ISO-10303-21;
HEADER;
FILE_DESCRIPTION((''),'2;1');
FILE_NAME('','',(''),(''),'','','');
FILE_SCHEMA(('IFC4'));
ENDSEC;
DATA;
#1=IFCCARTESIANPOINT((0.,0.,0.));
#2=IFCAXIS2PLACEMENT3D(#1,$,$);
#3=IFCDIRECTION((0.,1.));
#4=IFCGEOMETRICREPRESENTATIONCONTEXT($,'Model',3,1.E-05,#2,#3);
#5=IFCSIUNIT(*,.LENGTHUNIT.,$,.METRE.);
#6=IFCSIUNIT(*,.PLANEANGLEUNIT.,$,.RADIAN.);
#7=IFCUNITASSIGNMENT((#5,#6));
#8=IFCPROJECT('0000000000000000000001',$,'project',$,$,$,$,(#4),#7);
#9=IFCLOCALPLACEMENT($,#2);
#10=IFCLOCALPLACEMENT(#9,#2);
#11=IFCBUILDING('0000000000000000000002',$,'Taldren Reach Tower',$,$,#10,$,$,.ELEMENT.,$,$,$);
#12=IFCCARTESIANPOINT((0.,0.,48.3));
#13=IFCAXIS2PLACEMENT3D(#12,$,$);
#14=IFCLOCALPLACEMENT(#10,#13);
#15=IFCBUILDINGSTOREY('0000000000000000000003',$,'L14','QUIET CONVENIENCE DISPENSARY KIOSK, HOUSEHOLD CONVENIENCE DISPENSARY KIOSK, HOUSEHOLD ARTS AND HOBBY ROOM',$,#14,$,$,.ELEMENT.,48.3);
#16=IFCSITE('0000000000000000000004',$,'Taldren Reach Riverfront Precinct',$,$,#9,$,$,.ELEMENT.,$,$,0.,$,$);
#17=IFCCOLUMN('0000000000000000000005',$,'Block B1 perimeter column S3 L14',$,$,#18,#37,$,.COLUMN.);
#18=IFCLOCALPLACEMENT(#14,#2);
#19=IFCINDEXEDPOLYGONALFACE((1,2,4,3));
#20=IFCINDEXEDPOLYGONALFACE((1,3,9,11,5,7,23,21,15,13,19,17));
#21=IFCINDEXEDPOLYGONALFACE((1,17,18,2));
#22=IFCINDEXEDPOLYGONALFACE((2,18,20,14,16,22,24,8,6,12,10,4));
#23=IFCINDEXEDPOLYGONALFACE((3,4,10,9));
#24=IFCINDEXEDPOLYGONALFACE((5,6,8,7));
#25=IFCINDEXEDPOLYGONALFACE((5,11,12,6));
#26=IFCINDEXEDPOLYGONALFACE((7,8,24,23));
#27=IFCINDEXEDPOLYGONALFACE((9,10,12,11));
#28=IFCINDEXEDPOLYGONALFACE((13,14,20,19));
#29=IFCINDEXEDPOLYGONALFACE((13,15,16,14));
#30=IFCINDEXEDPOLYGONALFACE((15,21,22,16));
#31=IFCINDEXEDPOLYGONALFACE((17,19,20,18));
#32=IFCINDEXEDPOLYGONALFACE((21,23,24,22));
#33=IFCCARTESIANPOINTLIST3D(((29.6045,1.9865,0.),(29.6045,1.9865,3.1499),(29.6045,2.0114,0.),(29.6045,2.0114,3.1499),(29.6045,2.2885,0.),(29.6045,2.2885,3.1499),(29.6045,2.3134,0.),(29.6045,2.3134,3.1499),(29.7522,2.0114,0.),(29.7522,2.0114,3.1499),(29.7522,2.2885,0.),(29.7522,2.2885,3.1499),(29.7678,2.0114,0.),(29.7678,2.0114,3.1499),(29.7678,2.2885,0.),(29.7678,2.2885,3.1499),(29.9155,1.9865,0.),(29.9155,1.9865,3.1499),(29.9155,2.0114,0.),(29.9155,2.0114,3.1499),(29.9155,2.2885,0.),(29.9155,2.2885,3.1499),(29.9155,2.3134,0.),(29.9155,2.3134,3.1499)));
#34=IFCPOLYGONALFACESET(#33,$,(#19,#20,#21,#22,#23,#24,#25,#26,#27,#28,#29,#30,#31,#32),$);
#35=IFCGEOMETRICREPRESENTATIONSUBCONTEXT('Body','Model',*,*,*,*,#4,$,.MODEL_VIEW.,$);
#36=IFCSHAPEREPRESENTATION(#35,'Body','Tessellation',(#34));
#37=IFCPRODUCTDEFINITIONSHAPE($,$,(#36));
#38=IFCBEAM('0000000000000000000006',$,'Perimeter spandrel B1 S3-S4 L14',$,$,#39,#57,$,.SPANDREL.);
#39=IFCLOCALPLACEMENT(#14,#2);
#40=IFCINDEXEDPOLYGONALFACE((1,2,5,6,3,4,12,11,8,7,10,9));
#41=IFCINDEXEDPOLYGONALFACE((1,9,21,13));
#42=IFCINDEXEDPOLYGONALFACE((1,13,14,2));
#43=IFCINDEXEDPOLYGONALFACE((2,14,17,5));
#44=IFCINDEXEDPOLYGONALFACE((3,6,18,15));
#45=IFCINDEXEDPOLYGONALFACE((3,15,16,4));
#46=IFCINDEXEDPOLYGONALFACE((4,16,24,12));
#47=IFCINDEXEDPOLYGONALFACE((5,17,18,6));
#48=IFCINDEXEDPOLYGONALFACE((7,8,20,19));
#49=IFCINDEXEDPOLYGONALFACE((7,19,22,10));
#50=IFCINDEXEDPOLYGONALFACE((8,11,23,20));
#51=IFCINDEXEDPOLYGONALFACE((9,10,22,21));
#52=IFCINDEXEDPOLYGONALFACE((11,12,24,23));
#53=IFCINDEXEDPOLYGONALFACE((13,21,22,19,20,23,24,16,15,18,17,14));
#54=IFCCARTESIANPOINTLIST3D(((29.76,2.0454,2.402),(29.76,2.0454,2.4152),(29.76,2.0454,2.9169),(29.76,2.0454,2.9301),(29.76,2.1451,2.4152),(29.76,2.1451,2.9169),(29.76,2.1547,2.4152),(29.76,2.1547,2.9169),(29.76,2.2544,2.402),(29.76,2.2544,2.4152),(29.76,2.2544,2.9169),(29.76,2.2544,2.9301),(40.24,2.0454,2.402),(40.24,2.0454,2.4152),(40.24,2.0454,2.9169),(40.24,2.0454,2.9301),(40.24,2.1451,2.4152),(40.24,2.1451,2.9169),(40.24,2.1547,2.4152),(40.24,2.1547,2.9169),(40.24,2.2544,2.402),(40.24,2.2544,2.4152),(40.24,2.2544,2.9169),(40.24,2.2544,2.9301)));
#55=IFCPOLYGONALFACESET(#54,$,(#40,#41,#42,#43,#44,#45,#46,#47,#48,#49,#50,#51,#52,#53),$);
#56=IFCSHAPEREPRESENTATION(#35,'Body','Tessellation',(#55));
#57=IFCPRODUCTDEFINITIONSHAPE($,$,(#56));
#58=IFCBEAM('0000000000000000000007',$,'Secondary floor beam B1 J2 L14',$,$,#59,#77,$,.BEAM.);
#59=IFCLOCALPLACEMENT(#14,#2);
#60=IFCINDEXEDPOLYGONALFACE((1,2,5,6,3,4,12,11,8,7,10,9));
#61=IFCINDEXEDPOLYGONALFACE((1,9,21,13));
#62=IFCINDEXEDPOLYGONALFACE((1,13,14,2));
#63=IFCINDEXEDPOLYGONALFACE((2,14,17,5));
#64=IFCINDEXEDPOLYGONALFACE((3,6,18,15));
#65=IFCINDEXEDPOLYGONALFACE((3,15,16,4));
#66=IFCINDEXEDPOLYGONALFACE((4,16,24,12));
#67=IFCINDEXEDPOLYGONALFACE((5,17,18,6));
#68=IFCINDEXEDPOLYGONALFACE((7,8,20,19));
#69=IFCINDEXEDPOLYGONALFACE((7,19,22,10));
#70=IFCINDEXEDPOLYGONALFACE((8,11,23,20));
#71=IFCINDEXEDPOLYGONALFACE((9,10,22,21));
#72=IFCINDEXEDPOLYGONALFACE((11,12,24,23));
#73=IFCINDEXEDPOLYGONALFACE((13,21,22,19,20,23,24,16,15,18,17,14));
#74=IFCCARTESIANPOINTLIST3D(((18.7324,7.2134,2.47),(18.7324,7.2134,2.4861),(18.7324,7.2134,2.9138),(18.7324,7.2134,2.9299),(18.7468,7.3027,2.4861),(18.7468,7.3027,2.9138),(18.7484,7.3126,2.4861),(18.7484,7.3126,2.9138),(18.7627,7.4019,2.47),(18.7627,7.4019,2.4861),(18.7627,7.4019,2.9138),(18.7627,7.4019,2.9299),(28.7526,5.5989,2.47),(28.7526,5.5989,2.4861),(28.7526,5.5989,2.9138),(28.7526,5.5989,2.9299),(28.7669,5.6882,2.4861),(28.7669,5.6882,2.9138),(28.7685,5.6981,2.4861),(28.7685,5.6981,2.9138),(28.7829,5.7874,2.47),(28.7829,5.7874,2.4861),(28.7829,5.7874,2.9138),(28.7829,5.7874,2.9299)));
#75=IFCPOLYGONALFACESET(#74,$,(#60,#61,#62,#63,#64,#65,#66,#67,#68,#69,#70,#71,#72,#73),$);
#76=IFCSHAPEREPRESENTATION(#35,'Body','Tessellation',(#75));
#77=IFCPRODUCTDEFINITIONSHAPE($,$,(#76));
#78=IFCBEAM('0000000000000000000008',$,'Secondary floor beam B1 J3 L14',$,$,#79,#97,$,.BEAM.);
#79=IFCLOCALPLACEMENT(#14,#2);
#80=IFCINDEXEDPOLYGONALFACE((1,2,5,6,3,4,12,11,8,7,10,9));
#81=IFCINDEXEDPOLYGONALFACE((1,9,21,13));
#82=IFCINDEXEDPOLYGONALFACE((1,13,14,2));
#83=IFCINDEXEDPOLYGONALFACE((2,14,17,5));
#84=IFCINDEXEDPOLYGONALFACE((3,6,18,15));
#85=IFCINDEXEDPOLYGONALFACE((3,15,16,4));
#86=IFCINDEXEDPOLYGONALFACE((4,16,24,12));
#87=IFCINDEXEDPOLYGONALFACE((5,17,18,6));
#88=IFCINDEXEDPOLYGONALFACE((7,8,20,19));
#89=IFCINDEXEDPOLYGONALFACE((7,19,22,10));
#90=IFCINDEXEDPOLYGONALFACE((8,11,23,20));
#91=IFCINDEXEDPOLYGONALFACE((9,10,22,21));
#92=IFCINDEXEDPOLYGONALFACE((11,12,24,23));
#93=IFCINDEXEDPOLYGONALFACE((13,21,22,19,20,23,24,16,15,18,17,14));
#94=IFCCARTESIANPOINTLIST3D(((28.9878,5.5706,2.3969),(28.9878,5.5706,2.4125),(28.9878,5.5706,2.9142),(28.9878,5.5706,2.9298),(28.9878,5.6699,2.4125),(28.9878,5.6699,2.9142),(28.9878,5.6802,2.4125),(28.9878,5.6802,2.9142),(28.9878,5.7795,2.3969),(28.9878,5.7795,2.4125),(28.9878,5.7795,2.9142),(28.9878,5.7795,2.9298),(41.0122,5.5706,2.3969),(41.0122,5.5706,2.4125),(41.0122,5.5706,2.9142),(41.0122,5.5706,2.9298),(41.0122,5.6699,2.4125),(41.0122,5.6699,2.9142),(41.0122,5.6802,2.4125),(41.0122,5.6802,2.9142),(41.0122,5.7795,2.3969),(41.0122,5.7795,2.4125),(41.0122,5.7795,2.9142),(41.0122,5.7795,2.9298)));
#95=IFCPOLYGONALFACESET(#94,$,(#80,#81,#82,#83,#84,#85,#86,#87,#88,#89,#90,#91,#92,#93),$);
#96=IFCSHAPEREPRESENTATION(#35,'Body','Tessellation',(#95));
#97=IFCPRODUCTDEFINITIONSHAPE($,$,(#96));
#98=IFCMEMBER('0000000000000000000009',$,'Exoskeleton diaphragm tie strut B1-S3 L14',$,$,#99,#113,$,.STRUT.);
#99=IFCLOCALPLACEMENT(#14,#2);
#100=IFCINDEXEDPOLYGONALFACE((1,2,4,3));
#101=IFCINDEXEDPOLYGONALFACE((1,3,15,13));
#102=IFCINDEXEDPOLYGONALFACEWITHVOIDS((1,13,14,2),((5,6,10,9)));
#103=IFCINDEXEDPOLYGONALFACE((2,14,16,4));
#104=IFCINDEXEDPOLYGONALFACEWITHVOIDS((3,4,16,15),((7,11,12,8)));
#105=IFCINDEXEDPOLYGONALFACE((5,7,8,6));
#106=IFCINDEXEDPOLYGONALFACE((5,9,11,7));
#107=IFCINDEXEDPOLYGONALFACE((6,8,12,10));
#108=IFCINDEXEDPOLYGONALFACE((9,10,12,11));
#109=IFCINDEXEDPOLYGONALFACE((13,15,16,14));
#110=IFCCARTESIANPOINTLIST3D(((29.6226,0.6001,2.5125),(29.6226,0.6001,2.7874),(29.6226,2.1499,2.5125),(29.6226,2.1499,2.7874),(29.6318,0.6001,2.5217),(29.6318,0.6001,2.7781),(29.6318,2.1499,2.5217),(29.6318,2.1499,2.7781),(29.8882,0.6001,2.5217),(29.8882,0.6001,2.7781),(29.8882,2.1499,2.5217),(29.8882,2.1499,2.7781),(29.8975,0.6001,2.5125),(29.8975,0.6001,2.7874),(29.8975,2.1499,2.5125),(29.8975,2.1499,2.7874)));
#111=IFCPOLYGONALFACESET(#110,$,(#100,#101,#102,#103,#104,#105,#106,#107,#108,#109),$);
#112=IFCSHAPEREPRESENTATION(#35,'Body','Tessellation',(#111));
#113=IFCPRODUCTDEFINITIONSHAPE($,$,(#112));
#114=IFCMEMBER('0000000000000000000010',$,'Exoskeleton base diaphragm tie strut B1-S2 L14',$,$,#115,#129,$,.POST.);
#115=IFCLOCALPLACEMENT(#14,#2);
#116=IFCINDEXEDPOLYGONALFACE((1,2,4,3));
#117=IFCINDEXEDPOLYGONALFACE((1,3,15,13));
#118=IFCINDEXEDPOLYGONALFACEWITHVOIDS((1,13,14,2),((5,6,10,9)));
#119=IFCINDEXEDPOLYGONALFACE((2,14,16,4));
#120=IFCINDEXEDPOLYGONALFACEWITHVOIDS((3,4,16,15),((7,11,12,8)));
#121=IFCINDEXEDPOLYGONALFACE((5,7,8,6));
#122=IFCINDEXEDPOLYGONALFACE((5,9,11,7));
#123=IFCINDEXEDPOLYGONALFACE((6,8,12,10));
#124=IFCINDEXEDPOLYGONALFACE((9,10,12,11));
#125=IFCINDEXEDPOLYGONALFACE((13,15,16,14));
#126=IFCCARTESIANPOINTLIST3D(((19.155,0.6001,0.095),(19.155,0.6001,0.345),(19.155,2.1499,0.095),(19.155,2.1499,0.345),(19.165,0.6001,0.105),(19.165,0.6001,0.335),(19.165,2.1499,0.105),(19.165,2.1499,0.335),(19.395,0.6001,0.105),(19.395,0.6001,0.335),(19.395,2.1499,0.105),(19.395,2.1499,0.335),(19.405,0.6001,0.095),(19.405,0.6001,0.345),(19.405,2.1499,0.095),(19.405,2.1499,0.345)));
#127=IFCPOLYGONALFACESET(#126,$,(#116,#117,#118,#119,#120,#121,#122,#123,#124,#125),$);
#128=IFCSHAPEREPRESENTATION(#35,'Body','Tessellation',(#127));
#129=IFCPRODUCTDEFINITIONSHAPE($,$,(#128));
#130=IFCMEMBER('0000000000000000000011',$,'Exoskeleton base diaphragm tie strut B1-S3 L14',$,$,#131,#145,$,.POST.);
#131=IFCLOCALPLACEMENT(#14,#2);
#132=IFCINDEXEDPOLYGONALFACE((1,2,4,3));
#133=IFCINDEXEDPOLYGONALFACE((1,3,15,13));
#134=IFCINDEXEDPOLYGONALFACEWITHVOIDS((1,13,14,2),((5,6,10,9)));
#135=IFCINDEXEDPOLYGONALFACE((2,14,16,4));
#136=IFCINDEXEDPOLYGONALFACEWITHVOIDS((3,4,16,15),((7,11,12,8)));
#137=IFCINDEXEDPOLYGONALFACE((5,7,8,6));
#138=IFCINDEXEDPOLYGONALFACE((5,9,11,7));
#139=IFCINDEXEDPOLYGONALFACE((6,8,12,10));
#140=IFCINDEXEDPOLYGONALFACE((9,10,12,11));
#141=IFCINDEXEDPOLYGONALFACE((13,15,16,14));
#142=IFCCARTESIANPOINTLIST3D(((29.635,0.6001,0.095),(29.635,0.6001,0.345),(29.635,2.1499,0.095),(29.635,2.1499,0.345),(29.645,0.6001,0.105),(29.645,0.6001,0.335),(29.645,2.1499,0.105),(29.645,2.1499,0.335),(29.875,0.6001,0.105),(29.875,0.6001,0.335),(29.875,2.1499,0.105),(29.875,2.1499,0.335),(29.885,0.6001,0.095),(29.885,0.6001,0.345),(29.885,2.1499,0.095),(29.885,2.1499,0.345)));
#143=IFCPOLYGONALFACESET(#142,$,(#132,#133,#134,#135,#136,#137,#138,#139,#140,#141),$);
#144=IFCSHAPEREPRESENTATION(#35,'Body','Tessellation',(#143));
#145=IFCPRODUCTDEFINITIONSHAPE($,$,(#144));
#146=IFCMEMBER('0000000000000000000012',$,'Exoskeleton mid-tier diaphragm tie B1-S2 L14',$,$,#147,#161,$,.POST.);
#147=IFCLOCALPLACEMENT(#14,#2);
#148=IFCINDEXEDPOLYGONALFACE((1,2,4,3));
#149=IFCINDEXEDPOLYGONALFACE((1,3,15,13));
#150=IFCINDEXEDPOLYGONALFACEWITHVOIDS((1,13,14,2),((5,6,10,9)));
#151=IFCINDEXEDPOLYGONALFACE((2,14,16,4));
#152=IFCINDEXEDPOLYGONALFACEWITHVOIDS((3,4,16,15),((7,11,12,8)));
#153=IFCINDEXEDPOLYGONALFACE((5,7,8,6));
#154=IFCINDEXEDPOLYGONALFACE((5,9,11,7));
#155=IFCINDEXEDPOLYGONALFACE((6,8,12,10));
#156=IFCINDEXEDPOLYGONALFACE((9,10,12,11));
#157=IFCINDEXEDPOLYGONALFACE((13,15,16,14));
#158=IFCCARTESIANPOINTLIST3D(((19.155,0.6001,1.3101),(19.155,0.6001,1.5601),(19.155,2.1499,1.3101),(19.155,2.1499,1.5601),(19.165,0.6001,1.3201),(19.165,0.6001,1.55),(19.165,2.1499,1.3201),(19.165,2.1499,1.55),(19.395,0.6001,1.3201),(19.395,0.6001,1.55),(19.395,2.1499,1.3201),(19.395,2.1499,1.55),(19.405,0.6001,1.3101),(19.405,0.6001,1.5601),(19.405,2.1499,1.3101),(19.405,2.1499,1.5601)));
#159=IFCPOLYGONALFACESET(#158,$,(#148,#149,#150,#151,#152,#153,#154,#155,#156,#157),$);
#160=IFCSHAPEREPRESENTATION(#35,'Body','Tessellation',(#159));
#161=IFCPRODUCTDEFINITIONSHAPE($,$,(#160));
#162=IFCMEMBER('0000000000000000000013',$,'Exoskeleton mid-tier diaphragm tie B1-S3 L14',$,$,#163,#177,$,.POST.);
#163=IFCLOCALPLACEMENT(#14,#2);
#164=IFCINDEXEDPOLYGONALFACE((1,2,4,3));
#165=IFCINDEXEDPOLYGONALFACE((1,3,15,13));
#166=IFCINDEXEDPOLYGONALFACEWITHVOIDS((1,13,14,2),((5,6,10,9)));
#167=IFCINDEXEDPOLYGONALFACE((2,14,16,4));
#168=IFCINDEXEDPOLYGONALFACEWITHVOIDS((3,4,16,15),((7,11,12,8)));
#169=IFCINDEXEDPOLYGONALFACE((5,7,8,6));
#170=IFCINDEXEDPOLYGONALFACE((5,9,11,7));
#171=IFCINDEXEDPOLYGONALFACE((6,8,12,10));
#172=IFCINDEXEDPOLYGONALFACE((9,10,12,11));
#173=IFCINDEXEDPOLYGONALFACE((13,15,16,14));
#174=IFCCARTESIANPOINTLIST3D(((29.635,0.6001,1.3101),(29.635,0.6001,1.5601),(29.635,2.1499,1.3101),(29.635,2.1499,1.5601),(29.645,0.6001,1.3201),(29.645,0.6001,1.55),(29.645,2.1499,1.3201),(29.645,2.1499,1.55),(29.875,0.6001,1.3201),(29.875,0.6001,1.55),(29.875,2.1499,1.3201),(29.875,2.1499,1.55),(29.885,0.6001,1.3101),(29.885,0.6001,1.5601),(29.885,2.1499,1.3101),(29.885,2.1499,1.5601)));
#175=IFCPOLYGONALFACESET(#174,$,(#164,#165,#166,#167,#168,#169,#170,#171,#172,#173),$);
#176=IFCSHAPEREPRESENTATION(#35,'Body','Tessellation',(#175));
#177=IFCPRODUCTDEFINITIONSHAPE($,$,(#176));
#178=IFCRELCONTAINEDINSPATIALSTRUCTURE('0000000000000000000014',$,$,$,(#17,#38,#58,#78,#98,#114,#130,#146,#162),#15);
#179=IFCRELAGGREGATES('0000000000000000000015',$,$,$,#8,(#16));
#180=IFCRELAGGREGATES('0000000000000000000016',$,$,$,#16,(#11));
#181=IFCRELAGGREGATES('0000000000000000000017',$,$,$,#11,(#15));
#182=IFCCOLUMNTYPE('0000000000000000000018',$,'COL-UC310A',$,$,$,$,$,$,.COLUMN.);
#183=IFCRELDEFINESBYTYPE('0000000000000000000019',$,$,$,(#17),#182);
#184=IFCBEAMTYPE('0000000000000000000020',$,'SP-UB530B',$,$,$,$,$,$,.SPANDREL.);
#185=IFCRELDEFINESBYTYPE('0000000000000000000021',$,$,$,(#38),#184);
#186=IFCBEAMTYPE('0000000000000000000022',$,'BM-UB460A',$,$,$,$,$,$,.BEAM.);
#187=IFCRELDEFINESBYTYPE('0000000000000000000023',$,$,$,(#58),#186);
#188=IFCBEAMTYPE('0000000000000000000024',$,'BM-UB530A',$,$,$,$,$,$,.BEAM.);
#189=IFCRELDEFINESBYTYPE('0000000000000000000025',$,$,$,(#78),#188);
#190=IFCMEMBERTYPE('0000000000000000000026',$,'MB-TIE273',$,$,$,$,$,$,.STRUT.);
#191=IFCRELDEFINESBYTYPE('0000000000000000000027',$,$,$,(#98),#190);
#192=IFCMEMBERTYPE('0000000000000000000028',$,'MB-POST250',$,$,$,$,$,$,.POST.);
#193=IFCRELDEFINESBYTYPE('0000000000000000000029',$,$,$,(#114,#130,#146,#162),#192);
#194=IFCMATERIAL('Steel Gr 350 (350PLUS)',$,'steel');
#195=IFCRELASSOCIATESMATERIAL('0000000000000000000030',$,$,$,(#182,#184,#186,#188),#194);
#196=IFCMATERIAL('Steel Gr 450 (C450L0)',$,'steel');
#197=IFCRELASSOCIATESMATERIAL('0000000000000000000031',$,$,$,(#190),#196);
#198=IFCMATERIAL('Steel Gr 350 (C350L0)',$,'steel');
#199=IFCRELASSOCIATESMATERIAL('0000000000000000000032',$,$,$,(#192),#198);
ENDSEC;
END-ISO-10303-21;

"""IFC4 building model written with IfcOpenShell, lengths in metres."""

from ifc_helpers import new_model, si_unit, direction, frame, origin, origin_2d, place, context, subcontext, project, spatial, hollow_rectangle, i_section, extrude, source, transform, mapped, material, material_profile, profile_set, type_object, element, save


model = new_model("IFC4")

# Units and contexts
model_context = context("Model", 3, precision=1e-05, world=origin(), true_north=direction((0.0, 1.0)))
body_context = subcontext(model_context, "Body", "Model", "MODEL_VIEW")
ifc_project = project(units=[si_unit("LENGTHUNIT", "METRE"), si_unit("PLANEANGLEUNIT", "RADIAN")], contexts=[model_context])

# Site, building, storey
site_placement = place(None, origin())
site = spatial("IfcSite", under=ifc_project, at=site_placement, Name="Taldren Reach Riverfront Precinct", CompositionType="ELEMENT", RefElevation=0.0)
building_placement = place(site_placement, origin())
building = spatial("IfcBuilding", under=site, at=building_placement, Name="Taldren Reach Tower", CompositionType="ELEMENT")
storey_placement = place(building_placement, frame((0.0, 0.0, 48.3)))
storey = spatial("IfcBuildingStorey", under=building, at=storey_placement, Name="L14", Description="QUIET CONVENIENCE DISPENSARY KIOSK, HOUSEHOLD CONVENIENCE DISPENSARY KIOSK, HOUSEHOLD ARTS AND HOBBY ROOM", CompositionType="ELEMENT", Elevation=48.3)

# Column
ifc_material_1 = material(Name="Steel Gr 350 (350PLUS)", Category="steel")
ifc_material_profile_1 = material_profile(ifc_material_1, i_section(OverallWidth=0.311, OverallDepth=0.3269, WebThickness=0.0156, FlangeThickness=0.0249, at=origin_2d()), Name="310UC158")
ifc_profile_set_1 = profile_set([ifc_material_profile_1], Name="Steel Gr 350 (350PLUS)")
column_type = type_object("IfcColumnType", Name="COL-UC310A", PredefinedType="COLUMN", material=ifc_profile_set_1)
shared_shape_1 = source(origin(), body_context, "Body", "SweptSolid", [
    extrude(i_section(OverallWidth=0.311, OverallDepth=0.3269, WebThickness=0.0156, FlangeThickness=0.0249, at=origin_2d()), origin(), (0.0, 0.0, 1.0), 3.1499),
])
column_placement = place(storey_placement, frame((29.76, 2.1499, 0.0), z_axis=(0.0, 0.0, 1.0), x_axis=(1.0, 0.0, 0.0)))
element("IfcColumn", 1, at=column_placement, inside=storey, type_object=column_type, Name="Block B1 perimeter column S3 L14", PredefinedType="COLUMN", context=body_context, shape_type="MappedRepresentation", body=[
    mapped(shared_shape_1, transform((0.0, 0.0, 0.0), scale=1.0)),
])

# Beams
ifc_material_profile_2 = material_profile(ifc_material_1, i_section(OverallWidth=0.209, OverallDepth=0.5281, WebThickness=0.0095, FlangeThickness=0.0132, at=origin_2d()), Name="530UB82.0")
ifc_profile_set_2 = profile_set([ifc_material_profile_2], Name="Steel Gr 350 (350PLUS)")
beam_type_1 = type_object("IfcBeamType", Name="SP-UB530B", PredefinedType="SPANDREL", material=ifc_profile_set_2)
shared_shape_2 = source(origin(), body_context, "Body", "SweptSolid", [
    extrude(i_section(OverallWidth=0.209, OverallDepth=0.5281, WebThickness=0.0095, FlangeThickness=0.0132, at=origin_2d()), origin(), (0.0, 0.0, 1.0), 10.48),
])
beam_1_placement = place(storey_placement, frame((29.76, 2.1499, 2.666), z_axis=(1.0, 0.0, 0.0), x_axis=(0.0, 1.0, 0.0)))
element("IfcBeam", 2, at=beam_1_placement, inside=storey, type_object=beam_type_1, Name="Perimeter spandrel B1 S3-S4 L14", PredefinedType="SPANDREL", context=body_context, shape_type="MappedRepresentation", body=[
    mapped(shared_shape_2, transform((0.0, 0.0, 0.0), scale=1.0)),
])
ifc_material_profile_3 = material_profile(ifc_material_1, i_section(OverallWidth=0.1909, OverallDepth=0.46, WebThickness=0.01, FlangeThickness=0.0161, at=origin_2d()), Name="460UB82.1")
ifc_profile_set_3 = profile_set([ifc_material_profile_3], Name="Steel Gr 350 (350PLUS)")
beam_type_2 = type_object("IfcBeamType", Name="BM-UB460A", PredefinedType="BEAM", material=ifc_profile_set_3)
shared_shape_3 = source(origin(), body_context, "Body", "SweptSolid", [
    extrude(i_section(OverallWidth=0.1909, OverallDepth=0.46, WebThickness=0.01, FlangeThickness=0.0161, at=origin_2d()), origin(), (0.0, 0.0, 1.0), 10.1494),
])
beam_2_placement = place(storey_placement, frame((18.7476, 7.3076, 2.7), z_axis=(0.987267, -0.159072, 0.0), x_axis=(0.159072, 0.987267, 0.0)))
element("IfcBeam", 3, at=beam_2_placement, inside=storey, type_object=beam_type_2, Name="Secondary floor beam B1 J2 L14", PredefinedType="BEAM", context=body_context, shape_type="MappedRepresentation", body=[
    mapped(shared_shape_3, transform((0.0, 0.0, 0.0), scale=1.0)),
])
ifc_material_profile_4 = material_profile(ifc_material_1, i_section(OverallWidth=0.209, OverallDepth=0.533, WebThickness=0.0103, FlangeThickness=0.0156, at=origin_2d()), Name="530UB92.4")
ifc_profile_set_4 = profile_set([ifc_material_profile_4], Name="Steel Gr 350 (350PLUS)")
beam_type_3 = type_object("IfcBeamType", Name="BM-UB530A", PredefinedType="BEAM", material=ifc_profile_set_4)
shared_shape_4 = source(origin(), body_context, "Body", "SweptSolid", [
    extrude(i_section(OverallWidth=0.209, OverallDepth=0.533, WebThickness=0.0103, FlangeThickness=0.0156, at=origin_2d()), origin(), (0.0, 0.0, 1.0), 12.0244),
])
beam_3_placement = place(storey_placement, frame((28.9878, 5.675, 2.6633), z_axis=(1.0, 0.0, 0.0), x_axis=(0.0, 1.0, 0.0)))
element("IfcBeam", 4, at=beam_3_placement, inside=storey, type_object=beam_type_3, Name="Secondary floor beam B1 J3 L14", PredefinedType="BEAM", context=body_context, shape_type="MappedRepresentation", body=[
    mapped(shared_shape_4, transform((0.0, 0.0, 0.0), scale=1.0)),
])

# Members
ifc_material_2 = material(Name="Steel Gr 450 (C450L0)", Category="steel")
ifc_material_profile_5 = material_profile(ifc_material_2, hollow_rectangle(XDim=0.2749, YDim=0.2749, WallThickness=0.0093, at=origin_2d()), Name="275x275x9.3SHS")
ifc_profile_set_5 = profile_set([ifc_material_profile_5], Name="Steel Gr 450 (C450L0)")
member_type_1 = type_object("IfcMemberType", Name="MB-TIE273", PredefinedType="STRUT", material=ifc_profile_set_5)
shared_shape_5 = source(origin(), body_context, "Body", "SweptSolid", [
    extrude(hollow_rectangle(XDim=0.2749, YDim=0.2749, WallThickness=0.0093, at=origin_2d()), origin(), (0.0, 0.0, 1.0), 1.5498),
])
member_placement = place(storey_placement, frame((29.76, 2.1499, 2.6499), z_axis=(0.0, -1.0, 0.0), x_axis=(1.0, 0.0, 0.0)))
element("IfcMember", 5, at=member_placement, inside=storey, type_object=member_type_1, Name="Exoskeleton diaphragm tie strut B1-S3 L14", PredefinedType="STRUT", context=body_context, shape_type="MappedRepresentation", body=[
    mapped(shared_shape_5, transform((0.0, 0.0, 0.0), scale=1.0)),
])
ifc_material_3 = material(Name="Steel Gr 350 (C350L0)", Category="steel")
ifc_material_profile_6 = material_profile(ifc_material_3, hollow_rectangle(XDim=0.25, YDim=0.25, WallThickness=0.01, at=origin_2d()), Name="250x250x10.0SHS")
ifc_profile_set_6 = profile_set([ifc_material_profile_6], Name="Steel Gr 350 (C350L0)")
member_type_2 = type_object("IfcMemberType", Name="MB-POST250", PredefinedType="POST", material=ifc_profile_set_6)
shared_shape_6 = source(origin(), body_context, "Body", "SweptSolid", [
    extrude(hollow_rectangle(XDim=0.25, YDim=0.25, WallThickness=0.01, at=origin_2d()), origin(), (0.0, 0.0, 1.0), 1.5498),
])
for number, where, z_axis, x_axis, name in (
    (6, (19.28, 2.1499, 0.22), (0.0, -1.0, 0.0), (1.0, 0.0, 0.0), "Exoskeleton base diaphragm tie strut B1-S2 L14"),
    (7, (29.76, 2.1499, 0.22), (0.0, -1.0, 0.0), (1.0, 0.0, 0.0), "Exoskeleton base diaphragm tie strut B1-S3 L14"),
    (8, (19.28, 2.1499, 1.4351), (0.0, -1.0, 0.0), (1.0, 0.0, 0.0), "Exoskeleton mid-tier diaphragm tie B1-S2 L14"),
    (9, (29.76, 2.1499, 1.4351), (0.0, -1.0, 0.0), (1.0, 0.0, 0.0), "Exoskeleton mid-tier diaphragm tie B1-S3 L14"),
):
    element("IfcMember", number, at=place(storey_placement, frame(where, z_axis=z_axis, x_axis=x_axis)), inside=storey, type_object=member_type_2, Name=name, PredefinedType="POST", context=body_context, shape_type="MappedRepresentation", body=[
        mapped(shared_shape_6, transform((0.0, 0.0, 0.0), scale=1.0)),
    ])

save(model, "model.ifc")
